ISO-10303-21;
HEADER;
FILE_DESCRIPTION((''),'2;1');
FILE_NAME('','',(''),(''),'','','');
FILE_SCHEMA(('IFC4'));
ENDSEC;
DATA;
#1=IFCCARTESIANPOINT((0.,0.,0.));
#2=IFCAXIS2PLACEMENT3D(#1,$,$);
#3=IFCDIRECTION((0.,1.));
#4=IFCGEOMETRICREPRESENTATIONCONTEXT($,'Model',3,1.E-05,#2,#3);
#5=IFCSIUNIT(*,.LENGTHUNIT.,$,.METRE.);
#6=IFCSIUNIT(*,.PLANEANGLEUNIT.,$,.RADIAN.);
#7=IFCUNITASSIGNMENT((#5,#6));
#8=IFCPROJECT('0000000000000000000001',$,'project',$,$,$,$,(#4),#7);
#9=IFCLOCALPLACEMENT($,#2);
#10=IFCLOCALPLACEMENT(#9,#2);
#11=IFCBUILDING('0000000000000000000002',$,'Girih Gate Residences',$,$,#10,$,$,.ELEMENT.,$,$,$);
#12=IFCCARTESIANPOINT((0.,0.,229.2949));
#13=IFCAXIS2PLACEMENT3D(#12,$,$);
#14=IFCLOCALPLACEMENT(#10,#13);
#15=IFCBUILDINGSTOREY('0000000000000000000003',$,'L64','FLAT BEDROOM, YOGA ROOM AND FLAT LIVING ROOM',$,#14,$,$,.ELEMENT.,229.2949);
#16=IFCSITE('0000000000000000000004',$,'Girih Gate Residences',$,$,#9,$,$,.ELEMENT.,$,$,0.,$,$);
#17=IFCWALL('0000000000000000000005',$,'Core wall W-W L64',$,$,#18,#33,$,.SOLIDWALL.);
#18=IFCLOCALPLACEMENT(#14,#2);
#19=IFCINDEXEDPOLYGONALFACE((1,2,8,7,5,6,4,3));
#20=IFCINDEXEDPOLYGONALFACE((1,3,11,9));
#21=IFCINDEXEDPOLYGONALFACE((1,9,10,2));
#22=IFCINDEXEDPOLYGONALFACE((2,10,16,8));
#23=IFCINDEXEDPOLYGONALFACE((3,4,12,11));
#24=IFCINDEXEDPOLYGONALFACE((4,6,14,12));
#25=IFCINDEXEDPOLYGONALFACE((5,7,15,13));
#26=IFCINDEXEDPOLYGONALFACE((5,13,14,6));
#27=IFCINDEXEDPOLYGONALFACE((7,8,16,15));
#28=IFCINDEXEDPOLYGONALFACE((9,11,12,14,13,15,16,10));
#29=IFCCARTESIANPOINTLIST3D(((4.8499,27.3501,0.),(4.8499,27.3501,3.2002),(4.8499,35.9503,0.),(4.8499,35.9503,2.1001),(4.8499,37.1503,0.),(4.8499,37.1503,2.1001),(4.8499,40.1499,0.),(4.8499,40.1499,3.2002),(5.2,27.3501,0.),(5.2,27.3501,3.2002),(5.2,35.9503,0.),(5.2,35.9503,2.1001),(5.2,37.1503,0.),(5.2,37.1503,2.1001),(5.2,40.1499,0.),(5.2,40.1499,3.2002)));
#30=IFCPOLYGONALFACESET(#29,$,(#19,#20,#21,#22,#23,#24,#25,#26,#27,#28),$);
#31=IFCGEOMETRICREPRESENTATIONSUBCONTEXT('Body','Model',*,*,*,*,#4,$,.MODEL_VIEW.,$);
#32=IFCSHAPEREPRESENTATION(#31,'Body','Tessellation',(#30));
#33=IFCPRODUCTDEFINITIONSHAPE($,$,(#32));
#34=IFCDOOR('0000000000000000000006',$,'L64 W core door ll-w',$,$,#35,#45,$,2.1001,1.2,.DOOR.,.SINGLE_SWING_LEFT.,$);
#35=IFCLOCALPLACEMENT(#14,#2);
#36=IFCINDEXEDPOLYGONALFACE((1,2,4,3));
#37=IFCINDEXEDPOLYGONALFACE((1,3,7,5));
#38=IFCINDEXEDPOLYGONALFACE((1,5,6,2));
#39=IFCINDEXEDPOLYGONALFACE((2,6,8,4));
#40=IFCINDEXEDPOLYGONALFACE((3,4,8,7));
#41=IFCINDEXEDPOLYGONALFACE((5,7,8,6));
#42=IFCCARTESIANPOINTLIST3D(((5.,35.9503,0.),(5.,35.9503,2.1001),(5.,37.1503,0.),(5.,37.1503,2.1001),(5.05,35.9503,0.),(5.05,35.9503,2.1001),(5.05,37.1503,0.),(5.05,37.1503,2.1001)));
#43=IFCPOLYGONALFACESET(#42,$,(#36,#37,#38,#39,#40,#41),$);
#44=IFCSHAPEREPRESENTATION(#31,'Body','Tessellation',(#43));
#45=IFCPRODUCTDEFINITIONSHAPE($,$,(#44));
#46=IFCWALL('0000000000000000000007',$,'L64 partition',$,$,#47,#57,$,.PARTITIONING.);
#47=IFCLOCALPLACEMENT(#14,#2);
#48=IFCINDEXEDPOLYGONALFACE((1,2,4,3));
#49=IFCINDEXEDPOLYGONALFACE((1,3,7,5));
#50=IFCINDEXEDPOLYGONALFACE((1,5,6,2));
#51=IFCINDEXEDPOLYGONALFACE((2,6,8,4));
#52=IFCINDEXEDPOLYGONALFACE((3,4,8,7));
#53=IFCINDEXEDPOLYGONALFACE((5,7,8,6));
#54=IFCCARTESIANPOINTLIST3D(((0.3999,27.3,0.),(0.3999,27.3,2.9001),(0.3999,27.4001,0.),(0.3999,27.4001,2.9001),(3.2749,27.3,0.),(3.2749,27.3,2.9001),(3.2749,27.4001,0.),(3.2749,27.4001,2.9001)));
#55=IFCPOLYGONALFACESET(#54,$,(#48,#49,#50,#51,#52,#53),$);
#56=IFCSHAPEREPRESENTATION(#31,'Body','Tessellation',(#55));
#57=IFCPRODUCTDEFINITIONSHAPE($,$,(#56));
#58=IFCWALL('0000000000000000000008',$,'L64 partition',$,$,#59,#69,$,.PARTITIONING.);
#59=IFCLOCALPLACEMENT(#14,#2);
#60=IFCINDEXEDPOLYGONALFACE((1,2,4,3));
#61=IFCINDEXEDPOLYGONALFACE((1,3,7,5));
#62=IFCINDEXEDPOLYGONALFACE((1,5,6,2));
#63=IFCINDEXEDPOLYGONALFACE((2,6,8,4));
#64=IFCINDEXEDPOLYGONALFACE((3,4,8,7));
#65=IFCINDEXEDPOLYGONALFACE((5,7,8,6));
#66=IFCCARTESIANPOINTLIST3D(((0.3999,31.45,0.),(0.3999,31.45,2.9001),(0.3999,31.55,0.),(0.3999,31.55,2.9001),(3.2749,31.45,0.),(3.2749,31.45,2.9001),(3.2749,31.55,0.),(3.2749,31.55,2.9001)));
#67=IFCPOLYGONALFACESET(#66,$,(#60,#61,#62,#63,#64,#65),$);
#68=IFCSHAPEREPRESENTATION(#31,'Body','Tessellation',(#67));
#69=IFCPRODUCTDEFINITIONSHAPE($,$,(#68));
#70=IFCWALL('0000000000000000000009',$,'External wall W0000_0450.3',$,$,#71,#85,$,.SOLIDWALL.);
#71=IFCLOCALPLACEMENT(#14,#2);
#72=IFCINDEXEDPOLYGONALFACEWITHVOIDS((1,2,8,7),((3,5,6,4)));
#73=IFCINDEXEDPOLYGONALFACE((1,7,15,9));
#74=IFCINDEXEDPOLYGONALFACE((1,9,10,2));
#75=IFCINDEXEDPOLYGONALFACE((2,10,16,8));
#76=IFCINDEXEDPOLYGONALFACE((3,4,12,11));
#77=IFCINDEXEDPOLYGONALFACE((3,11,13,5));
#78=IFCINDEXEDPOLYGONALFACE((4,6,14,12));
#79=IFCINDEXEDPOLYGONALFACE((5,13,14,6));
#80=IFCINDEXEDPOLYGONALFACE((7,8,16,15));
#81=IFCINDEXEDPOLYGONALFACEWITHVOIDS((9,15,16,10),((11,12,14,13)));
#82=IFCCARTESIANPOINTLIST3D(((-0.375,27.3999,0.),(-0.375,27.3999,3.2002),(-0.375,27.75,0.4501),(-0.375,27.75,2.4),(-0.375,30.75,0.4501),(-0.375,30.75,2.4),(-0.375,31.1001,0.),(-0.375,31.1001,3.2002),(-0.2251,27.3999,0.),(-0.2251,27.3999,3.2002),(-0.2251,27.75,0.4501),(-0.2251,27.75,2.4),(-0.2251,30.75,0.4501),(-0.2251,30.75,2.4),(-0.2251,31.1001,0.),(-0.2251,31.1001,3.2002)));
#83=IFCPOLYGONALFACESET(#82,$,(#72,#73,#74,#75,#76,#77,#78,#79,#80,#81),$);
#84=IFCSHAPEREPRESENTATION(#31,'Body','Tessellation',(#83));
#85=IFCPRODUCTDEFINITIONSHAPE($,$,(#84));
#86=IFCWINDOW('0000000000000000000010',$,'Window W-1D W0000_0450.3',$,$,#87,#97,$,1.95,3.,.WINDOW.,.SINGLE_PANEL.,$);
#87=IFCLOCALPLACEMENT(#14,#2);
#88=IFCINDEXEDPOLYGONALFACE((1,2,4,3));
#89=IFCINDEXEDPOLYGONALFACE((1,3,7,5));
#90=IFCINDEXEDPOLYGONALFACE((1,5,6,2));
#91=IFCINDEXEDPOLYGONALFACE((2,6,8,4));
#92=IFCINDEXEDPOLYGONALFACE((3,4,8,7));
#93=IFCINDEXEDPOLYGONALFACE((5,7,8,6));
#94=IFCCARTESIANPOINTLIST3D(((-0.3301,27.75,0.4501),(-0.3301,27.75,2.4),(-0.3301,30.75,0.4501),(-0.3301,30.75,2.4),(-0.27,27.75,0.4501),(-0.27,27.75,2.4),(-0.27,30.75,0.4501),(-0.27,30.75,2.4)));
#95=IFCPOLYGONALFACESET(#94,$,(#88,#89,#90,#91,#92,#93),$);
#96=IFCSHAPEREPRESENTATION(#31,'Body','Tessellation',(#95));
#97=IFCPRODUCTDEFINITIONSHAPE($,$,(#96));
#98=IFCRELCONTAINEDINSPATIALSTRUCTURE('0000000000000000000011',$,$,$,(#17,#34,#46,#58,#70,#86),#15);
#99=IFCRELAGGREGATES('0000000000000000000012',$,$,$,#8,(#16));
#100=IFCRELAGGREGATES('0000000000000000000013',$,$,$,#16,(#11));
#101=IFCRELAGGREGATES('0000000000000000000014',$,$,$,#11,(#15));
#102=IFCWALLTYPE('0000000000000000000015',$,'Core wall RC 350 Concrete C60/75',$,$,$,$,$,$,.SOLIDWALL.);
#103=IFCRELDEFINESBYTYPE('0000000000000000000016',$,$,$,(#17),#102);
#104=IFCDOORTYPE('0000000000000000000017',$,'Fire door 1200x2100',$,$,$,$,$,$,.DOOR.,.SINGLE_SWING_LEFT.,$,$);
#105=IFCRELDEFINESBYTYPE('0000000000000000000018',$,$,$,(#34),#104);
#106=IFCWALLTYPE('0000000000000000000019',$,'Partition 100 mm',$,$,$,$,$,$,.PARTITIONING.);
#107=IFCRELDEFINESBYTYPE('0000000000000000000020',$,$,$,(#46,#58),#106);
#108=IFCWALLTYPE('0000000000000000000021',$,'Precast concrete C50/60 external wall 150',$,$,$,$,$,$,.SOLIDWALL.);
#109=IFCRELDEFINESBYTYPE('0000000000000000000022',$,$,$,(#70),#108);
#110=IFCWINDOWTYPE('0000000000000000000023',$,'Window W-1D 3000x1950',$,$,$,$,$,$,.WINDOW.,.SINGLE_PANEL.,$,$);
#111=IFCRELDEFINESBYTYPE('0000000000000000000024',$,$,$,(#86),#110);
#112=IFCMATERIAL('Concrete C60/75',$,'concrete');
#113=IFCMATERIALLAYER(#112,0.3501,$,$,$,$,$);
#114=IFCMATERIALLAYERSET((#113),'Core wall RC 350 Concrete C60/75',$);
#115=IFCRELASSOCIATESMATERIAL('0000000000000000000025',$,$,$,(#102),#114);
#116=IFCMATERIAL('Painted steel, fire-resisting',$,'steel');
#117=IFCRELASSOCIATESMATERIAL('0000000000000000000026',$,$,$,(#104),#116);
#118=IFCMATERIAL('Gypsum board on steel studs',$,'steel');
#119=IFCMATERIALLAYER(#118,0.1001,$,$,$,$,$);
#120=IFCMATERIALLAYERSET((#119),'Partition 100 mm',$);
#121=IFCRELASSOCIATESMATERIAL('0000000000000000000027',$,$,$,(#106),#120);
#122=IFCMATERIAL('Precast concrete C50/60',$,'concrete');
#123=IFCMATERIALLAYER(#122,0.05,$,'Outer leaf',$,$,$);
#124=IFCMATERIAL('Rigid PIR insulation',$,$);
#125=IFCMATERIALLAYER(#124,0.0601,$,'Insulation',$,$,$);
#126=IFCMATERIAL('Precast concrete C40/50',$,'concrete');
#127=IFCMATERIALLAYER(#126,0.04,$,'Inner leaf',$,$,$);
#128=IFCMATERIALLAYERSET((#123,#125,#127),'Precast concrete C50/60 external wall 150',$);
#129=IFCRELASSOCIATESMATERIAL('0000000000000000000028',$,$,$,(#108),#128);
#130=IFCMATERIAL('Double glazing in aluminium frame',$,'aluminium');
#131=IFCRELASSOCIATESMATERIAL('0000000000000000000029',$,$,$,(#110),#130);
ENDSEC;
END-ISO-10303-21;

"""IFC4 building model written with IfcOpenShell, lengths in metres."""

from ifc_helpers import new_model, si_unit, direction, frame, frame_2d, origin, place, context, subcontext, project, spatial, rectangle, extrude, material, layer, layer_set, type_object, element, fill, save


model = new_model("IFC4")

# Units and contexts
model_context = context("Model", 3, precision=1e-05, world=origin(), true_north=direction((0.0, 1.0)))
body_context = subcontext(model_context, "Body", "Model", "MODEL_VIEW")
ifc_project = project(units=[si_unit("LENGTHUNIT", "METRE"), si_unit("PLANEANGLEUNIT", "RADIAN")], contexts=[model_context])

# Site, building, storey
site_placement = place(None, origin())
site = spatial("IfcSite", under=ifc_project, at=site_placement, Name="Girih Gate Residences", CompositionType="ELEMENT", RefElevation=0.0)
building_placement = place(site_placement, origin())
building = spatial("IfcBuilding", under=site, at=building_placement, Name="Girih Gate Residences", CompositionType="ELEMENT")
storey_placement = place(building_placement, frame((0.0, 0.0, 229.2949)))
storey = spatial("IfcBuildingStorey", under=building, at=storey_placement, Name="L64", Description="FLAT BEDROOM, YOGA ROOM AND FLAT LIVING ROOM", CompositionType="ELEMENT", Elevation=229.2949)

# Shared definitions
ifc_material_1 = material(Name="Concrete C60/75", Category="concrete")

# Shared definitions
ifc_material_2 = material(Name="Gypsum board on steel studs", Category="steel")

# Shared definitions
ifc_layer_1 = layer(ifc_material_1, 0.3501)
ifc_layer_set_1 = layer_set([ifc_layer_1], Name="Core wall RC 350 Concrete C60/75")
wall_type_1 = type_object("IfcWallType", Name="Core wall RC 350 Concrete C60/75", PredefinedType="SOLIDWALL", material=ifc_layer_set_1)
ifc_material_3 = material(Name="Painted steel, fire-resisting", Category="steel")

# Wall, opening, door
wall_1_placement = place(storey_placement, frame((5.0249, 27.3501, 0.0), z_axis=(0.0, 0.0, 1.0), x_axis=(0.0, 1.0, 0.0)))
wall_1 = element("IfcWall", 1, at=wall_1_placement, inside=storey, type_object=wall_type_1, Name="Core wall W-W L64", PredefinedType="SOLIDWALL", context=body_context, shape_type="SweptSolid", body=[
    extrude(rectangle(XDim=12.7998, YDim=0.3501, at=frame_2d((6.3999, 0.0))), origin(), (0.0, 0.0, 1.0), 3.2002),
])
opening_1_placement = place(wall_1_placement, frame((8.6001, 0.0, 0.0)))
opening_1 = element("IfcOpeningElement", 2, at=opening_1_placement, cuts=wall_1, PredefinedType="OPENING", context=body_context, shape_type="SweptSolid", body=[
    extrude(rectangle(XDim=1.2, YDim=2.1001, at=frame_2d((0.6001, 1.05))), frame((0.0, 0.1851, 0.0), z_axis=(0.0, -1.0, 0.0), x_axis=(1.0, 0.0, 0.0)), (0.0, 0.0, 1.0), 0.3701),
])
door_type_1 = type_object("IfcDoorType", Name="Fire door 1200x2100", OperationType="SINGLE_SWING_LEFT", PredefinedType="DOOR", material=ifc_material_3)
door_1_placement = place(opening_1_placement, origin())
door_1 = element("IfcDoor", 3, at=door_1_placement, inside=storey, type_object=door_type_1, Name="L64 W core door ll-w", OperationType="SINGLE_SWING_LEFT", OverallHeight=2.1001, OverallWidth=1.2, PredefinedType="DOOR", context=body_context, shape_type="SweptSolid", body=[
    extrude(rectangle(XDim=1.2, YDim=2.1001, at=frame_2d((0.6001, 1.05))), frame((0.0, 0.0249, 0.0), z_axis=(0.0, -1.0, 0.0), x_axis=(1.0, 0.0, 0.0)), (0.0, 0.0, 1.0), 0.05),
])
fill(opening_1, door_1)

# Walls
ifc_layer_2 = layer(ifc_material_2, 0.1001)
ifc_layer_set_2 = layer_set([ifc_layer_2], Name="Partition 100 mm")
wall_type_2 = type_object("IfcWallType", Name="Partition 100 mm", PredefinedType="PARTITIONING", material=ifc_layer_set_2)
for number, where, z_axis, x_axis, name in (
    (4, (0.3999, 27.3501, 0.0), (0.0, 0.0, 1.0), (1.0, 0.0, 0.0), "L64 partition"),
    (5, (0.3999, 31.5, 0.0), (0.0, 0.0, 1.0), (1.0, 0.0, 0.0), "L64 partition"),
):
    element("IfcWall", number, at=place(storey_placement, frame(where, z_axis=z_axis, x_axis=x_axis)), inside=storey, type_object=wall_type_2, Name=name, PredefinedType="PARTITIONING", context=body_context, shape_type="SweptSolid", body=[
        extrude(rectangle(XDim=2.875, YDim=0.1001, at=frame_2d((1.4375, 0.0))), origin(), (0.0, 0.0, 1.0), 2.9001),
    ])

# Wall, opening, window
ifc_material_4 = material(Name="Precast concrete C50/60", Category="concrete")
ifc_layer_3 = layer(ifc_material_4, 0.05, Name="Outer leaf")
ifc_material_5 = material(Name="Rigid PIR insulation")
ifc_layer_4 = layer(ifc_material_5, 0.0601, Name="Insulation")
ifc_material_6 = material(Name="Precast concrete C40/50", Category="concrete")
ifc_layer_5 = layer(ifc_material_6, 0.04, Name="Inner leaf")
ifc_layer_set_3 = layer_set([ifc_layer_3, ifc_layer_4, ifc_layer_5], Name="Precast concrete C50/60 external wall 150")
wall_type_3 = type_object("IfcWallType", Name="Precast concrete C50/60 external wall 150", PredefinedType="SOLIDWALL", material=ifc_layer_set_3)
wall_2_placement = place(storey_placement, frame((-0.3, 27.3999, 0.0), z_axis=(0.0, 0.0, 1.0), x_axis=(0.0, 1.0, 0.0)))
wall_2 = element("IfcWall", 6, at=wall_2_placement, inside=storey, type_object=wall_type_3, Name="External wall W0000_0450.3", PredefinedType="SOLIDWALL", context=body_context, shape_type="SweptSolid", body=[
    extrude(rectangle(XDim=3.7002, YDim=0.1499, at=frame_2d((1.8501, 0.0))), origin(), (0.0, 0.0, 1.0), 3.2002),
])
opening_2_placement = place(wall_2_placement, frame((0.3501, 0.0, 0.45)))
opening_2 = element("IfcOpeningElement", 7, at=opening_2_placement, cuts=wall_2, PredefinedType="OPENING", context=body_context, shape_type="SweptSolid", body=[
    extrude(rectangle(XDim=3.0, YDim=1.95, at=frame_2d((1.5, 0.9751))), frame((0.0, 0.085, 0.0), z_axis=(0.0, -1.0, 0.0), x_axis=(1.0, 0.0, 0.0)), (0.0, 0.0, 1.0), 0.1699),
])
ifc_material_7 = material(Name="Double glazing in aluminium frame", Category="aluminium")
window_type = type_object("IfcWindowType", Name="Window W-1D 3000x1950", PartitioningType="SINGLE_PANEL", PredefinedType="WINDOW", material=ifc_material_7)
window_placement = place(opening_2_placement, origin())
window = element("IfcWindow", 8, at=window_placement, inside=storey, type_object=window_type, Name="Window W-1D W0000_0450.3", OverallHeight=1.95, OverallWidth=3.0, PartitioningType="SINGLE_PANEL", PredefinedType="WINDOW", context=body_context, shape_type="SweptSolid", body=[
    extrude(rectangle(XDim=3.0, YDim=1.95, at=frame_2d((1.5, 0.9751))), frame((0.0, 0.03, 0.0), z_axis=(0.0, -1.0, 0.0), x_axis=(1.0, 0.0, 0.0)), (0.0, 0.0, 1.0), 0.0601),
])
fill(opening_2, window)

save(model, "model.ifc")
